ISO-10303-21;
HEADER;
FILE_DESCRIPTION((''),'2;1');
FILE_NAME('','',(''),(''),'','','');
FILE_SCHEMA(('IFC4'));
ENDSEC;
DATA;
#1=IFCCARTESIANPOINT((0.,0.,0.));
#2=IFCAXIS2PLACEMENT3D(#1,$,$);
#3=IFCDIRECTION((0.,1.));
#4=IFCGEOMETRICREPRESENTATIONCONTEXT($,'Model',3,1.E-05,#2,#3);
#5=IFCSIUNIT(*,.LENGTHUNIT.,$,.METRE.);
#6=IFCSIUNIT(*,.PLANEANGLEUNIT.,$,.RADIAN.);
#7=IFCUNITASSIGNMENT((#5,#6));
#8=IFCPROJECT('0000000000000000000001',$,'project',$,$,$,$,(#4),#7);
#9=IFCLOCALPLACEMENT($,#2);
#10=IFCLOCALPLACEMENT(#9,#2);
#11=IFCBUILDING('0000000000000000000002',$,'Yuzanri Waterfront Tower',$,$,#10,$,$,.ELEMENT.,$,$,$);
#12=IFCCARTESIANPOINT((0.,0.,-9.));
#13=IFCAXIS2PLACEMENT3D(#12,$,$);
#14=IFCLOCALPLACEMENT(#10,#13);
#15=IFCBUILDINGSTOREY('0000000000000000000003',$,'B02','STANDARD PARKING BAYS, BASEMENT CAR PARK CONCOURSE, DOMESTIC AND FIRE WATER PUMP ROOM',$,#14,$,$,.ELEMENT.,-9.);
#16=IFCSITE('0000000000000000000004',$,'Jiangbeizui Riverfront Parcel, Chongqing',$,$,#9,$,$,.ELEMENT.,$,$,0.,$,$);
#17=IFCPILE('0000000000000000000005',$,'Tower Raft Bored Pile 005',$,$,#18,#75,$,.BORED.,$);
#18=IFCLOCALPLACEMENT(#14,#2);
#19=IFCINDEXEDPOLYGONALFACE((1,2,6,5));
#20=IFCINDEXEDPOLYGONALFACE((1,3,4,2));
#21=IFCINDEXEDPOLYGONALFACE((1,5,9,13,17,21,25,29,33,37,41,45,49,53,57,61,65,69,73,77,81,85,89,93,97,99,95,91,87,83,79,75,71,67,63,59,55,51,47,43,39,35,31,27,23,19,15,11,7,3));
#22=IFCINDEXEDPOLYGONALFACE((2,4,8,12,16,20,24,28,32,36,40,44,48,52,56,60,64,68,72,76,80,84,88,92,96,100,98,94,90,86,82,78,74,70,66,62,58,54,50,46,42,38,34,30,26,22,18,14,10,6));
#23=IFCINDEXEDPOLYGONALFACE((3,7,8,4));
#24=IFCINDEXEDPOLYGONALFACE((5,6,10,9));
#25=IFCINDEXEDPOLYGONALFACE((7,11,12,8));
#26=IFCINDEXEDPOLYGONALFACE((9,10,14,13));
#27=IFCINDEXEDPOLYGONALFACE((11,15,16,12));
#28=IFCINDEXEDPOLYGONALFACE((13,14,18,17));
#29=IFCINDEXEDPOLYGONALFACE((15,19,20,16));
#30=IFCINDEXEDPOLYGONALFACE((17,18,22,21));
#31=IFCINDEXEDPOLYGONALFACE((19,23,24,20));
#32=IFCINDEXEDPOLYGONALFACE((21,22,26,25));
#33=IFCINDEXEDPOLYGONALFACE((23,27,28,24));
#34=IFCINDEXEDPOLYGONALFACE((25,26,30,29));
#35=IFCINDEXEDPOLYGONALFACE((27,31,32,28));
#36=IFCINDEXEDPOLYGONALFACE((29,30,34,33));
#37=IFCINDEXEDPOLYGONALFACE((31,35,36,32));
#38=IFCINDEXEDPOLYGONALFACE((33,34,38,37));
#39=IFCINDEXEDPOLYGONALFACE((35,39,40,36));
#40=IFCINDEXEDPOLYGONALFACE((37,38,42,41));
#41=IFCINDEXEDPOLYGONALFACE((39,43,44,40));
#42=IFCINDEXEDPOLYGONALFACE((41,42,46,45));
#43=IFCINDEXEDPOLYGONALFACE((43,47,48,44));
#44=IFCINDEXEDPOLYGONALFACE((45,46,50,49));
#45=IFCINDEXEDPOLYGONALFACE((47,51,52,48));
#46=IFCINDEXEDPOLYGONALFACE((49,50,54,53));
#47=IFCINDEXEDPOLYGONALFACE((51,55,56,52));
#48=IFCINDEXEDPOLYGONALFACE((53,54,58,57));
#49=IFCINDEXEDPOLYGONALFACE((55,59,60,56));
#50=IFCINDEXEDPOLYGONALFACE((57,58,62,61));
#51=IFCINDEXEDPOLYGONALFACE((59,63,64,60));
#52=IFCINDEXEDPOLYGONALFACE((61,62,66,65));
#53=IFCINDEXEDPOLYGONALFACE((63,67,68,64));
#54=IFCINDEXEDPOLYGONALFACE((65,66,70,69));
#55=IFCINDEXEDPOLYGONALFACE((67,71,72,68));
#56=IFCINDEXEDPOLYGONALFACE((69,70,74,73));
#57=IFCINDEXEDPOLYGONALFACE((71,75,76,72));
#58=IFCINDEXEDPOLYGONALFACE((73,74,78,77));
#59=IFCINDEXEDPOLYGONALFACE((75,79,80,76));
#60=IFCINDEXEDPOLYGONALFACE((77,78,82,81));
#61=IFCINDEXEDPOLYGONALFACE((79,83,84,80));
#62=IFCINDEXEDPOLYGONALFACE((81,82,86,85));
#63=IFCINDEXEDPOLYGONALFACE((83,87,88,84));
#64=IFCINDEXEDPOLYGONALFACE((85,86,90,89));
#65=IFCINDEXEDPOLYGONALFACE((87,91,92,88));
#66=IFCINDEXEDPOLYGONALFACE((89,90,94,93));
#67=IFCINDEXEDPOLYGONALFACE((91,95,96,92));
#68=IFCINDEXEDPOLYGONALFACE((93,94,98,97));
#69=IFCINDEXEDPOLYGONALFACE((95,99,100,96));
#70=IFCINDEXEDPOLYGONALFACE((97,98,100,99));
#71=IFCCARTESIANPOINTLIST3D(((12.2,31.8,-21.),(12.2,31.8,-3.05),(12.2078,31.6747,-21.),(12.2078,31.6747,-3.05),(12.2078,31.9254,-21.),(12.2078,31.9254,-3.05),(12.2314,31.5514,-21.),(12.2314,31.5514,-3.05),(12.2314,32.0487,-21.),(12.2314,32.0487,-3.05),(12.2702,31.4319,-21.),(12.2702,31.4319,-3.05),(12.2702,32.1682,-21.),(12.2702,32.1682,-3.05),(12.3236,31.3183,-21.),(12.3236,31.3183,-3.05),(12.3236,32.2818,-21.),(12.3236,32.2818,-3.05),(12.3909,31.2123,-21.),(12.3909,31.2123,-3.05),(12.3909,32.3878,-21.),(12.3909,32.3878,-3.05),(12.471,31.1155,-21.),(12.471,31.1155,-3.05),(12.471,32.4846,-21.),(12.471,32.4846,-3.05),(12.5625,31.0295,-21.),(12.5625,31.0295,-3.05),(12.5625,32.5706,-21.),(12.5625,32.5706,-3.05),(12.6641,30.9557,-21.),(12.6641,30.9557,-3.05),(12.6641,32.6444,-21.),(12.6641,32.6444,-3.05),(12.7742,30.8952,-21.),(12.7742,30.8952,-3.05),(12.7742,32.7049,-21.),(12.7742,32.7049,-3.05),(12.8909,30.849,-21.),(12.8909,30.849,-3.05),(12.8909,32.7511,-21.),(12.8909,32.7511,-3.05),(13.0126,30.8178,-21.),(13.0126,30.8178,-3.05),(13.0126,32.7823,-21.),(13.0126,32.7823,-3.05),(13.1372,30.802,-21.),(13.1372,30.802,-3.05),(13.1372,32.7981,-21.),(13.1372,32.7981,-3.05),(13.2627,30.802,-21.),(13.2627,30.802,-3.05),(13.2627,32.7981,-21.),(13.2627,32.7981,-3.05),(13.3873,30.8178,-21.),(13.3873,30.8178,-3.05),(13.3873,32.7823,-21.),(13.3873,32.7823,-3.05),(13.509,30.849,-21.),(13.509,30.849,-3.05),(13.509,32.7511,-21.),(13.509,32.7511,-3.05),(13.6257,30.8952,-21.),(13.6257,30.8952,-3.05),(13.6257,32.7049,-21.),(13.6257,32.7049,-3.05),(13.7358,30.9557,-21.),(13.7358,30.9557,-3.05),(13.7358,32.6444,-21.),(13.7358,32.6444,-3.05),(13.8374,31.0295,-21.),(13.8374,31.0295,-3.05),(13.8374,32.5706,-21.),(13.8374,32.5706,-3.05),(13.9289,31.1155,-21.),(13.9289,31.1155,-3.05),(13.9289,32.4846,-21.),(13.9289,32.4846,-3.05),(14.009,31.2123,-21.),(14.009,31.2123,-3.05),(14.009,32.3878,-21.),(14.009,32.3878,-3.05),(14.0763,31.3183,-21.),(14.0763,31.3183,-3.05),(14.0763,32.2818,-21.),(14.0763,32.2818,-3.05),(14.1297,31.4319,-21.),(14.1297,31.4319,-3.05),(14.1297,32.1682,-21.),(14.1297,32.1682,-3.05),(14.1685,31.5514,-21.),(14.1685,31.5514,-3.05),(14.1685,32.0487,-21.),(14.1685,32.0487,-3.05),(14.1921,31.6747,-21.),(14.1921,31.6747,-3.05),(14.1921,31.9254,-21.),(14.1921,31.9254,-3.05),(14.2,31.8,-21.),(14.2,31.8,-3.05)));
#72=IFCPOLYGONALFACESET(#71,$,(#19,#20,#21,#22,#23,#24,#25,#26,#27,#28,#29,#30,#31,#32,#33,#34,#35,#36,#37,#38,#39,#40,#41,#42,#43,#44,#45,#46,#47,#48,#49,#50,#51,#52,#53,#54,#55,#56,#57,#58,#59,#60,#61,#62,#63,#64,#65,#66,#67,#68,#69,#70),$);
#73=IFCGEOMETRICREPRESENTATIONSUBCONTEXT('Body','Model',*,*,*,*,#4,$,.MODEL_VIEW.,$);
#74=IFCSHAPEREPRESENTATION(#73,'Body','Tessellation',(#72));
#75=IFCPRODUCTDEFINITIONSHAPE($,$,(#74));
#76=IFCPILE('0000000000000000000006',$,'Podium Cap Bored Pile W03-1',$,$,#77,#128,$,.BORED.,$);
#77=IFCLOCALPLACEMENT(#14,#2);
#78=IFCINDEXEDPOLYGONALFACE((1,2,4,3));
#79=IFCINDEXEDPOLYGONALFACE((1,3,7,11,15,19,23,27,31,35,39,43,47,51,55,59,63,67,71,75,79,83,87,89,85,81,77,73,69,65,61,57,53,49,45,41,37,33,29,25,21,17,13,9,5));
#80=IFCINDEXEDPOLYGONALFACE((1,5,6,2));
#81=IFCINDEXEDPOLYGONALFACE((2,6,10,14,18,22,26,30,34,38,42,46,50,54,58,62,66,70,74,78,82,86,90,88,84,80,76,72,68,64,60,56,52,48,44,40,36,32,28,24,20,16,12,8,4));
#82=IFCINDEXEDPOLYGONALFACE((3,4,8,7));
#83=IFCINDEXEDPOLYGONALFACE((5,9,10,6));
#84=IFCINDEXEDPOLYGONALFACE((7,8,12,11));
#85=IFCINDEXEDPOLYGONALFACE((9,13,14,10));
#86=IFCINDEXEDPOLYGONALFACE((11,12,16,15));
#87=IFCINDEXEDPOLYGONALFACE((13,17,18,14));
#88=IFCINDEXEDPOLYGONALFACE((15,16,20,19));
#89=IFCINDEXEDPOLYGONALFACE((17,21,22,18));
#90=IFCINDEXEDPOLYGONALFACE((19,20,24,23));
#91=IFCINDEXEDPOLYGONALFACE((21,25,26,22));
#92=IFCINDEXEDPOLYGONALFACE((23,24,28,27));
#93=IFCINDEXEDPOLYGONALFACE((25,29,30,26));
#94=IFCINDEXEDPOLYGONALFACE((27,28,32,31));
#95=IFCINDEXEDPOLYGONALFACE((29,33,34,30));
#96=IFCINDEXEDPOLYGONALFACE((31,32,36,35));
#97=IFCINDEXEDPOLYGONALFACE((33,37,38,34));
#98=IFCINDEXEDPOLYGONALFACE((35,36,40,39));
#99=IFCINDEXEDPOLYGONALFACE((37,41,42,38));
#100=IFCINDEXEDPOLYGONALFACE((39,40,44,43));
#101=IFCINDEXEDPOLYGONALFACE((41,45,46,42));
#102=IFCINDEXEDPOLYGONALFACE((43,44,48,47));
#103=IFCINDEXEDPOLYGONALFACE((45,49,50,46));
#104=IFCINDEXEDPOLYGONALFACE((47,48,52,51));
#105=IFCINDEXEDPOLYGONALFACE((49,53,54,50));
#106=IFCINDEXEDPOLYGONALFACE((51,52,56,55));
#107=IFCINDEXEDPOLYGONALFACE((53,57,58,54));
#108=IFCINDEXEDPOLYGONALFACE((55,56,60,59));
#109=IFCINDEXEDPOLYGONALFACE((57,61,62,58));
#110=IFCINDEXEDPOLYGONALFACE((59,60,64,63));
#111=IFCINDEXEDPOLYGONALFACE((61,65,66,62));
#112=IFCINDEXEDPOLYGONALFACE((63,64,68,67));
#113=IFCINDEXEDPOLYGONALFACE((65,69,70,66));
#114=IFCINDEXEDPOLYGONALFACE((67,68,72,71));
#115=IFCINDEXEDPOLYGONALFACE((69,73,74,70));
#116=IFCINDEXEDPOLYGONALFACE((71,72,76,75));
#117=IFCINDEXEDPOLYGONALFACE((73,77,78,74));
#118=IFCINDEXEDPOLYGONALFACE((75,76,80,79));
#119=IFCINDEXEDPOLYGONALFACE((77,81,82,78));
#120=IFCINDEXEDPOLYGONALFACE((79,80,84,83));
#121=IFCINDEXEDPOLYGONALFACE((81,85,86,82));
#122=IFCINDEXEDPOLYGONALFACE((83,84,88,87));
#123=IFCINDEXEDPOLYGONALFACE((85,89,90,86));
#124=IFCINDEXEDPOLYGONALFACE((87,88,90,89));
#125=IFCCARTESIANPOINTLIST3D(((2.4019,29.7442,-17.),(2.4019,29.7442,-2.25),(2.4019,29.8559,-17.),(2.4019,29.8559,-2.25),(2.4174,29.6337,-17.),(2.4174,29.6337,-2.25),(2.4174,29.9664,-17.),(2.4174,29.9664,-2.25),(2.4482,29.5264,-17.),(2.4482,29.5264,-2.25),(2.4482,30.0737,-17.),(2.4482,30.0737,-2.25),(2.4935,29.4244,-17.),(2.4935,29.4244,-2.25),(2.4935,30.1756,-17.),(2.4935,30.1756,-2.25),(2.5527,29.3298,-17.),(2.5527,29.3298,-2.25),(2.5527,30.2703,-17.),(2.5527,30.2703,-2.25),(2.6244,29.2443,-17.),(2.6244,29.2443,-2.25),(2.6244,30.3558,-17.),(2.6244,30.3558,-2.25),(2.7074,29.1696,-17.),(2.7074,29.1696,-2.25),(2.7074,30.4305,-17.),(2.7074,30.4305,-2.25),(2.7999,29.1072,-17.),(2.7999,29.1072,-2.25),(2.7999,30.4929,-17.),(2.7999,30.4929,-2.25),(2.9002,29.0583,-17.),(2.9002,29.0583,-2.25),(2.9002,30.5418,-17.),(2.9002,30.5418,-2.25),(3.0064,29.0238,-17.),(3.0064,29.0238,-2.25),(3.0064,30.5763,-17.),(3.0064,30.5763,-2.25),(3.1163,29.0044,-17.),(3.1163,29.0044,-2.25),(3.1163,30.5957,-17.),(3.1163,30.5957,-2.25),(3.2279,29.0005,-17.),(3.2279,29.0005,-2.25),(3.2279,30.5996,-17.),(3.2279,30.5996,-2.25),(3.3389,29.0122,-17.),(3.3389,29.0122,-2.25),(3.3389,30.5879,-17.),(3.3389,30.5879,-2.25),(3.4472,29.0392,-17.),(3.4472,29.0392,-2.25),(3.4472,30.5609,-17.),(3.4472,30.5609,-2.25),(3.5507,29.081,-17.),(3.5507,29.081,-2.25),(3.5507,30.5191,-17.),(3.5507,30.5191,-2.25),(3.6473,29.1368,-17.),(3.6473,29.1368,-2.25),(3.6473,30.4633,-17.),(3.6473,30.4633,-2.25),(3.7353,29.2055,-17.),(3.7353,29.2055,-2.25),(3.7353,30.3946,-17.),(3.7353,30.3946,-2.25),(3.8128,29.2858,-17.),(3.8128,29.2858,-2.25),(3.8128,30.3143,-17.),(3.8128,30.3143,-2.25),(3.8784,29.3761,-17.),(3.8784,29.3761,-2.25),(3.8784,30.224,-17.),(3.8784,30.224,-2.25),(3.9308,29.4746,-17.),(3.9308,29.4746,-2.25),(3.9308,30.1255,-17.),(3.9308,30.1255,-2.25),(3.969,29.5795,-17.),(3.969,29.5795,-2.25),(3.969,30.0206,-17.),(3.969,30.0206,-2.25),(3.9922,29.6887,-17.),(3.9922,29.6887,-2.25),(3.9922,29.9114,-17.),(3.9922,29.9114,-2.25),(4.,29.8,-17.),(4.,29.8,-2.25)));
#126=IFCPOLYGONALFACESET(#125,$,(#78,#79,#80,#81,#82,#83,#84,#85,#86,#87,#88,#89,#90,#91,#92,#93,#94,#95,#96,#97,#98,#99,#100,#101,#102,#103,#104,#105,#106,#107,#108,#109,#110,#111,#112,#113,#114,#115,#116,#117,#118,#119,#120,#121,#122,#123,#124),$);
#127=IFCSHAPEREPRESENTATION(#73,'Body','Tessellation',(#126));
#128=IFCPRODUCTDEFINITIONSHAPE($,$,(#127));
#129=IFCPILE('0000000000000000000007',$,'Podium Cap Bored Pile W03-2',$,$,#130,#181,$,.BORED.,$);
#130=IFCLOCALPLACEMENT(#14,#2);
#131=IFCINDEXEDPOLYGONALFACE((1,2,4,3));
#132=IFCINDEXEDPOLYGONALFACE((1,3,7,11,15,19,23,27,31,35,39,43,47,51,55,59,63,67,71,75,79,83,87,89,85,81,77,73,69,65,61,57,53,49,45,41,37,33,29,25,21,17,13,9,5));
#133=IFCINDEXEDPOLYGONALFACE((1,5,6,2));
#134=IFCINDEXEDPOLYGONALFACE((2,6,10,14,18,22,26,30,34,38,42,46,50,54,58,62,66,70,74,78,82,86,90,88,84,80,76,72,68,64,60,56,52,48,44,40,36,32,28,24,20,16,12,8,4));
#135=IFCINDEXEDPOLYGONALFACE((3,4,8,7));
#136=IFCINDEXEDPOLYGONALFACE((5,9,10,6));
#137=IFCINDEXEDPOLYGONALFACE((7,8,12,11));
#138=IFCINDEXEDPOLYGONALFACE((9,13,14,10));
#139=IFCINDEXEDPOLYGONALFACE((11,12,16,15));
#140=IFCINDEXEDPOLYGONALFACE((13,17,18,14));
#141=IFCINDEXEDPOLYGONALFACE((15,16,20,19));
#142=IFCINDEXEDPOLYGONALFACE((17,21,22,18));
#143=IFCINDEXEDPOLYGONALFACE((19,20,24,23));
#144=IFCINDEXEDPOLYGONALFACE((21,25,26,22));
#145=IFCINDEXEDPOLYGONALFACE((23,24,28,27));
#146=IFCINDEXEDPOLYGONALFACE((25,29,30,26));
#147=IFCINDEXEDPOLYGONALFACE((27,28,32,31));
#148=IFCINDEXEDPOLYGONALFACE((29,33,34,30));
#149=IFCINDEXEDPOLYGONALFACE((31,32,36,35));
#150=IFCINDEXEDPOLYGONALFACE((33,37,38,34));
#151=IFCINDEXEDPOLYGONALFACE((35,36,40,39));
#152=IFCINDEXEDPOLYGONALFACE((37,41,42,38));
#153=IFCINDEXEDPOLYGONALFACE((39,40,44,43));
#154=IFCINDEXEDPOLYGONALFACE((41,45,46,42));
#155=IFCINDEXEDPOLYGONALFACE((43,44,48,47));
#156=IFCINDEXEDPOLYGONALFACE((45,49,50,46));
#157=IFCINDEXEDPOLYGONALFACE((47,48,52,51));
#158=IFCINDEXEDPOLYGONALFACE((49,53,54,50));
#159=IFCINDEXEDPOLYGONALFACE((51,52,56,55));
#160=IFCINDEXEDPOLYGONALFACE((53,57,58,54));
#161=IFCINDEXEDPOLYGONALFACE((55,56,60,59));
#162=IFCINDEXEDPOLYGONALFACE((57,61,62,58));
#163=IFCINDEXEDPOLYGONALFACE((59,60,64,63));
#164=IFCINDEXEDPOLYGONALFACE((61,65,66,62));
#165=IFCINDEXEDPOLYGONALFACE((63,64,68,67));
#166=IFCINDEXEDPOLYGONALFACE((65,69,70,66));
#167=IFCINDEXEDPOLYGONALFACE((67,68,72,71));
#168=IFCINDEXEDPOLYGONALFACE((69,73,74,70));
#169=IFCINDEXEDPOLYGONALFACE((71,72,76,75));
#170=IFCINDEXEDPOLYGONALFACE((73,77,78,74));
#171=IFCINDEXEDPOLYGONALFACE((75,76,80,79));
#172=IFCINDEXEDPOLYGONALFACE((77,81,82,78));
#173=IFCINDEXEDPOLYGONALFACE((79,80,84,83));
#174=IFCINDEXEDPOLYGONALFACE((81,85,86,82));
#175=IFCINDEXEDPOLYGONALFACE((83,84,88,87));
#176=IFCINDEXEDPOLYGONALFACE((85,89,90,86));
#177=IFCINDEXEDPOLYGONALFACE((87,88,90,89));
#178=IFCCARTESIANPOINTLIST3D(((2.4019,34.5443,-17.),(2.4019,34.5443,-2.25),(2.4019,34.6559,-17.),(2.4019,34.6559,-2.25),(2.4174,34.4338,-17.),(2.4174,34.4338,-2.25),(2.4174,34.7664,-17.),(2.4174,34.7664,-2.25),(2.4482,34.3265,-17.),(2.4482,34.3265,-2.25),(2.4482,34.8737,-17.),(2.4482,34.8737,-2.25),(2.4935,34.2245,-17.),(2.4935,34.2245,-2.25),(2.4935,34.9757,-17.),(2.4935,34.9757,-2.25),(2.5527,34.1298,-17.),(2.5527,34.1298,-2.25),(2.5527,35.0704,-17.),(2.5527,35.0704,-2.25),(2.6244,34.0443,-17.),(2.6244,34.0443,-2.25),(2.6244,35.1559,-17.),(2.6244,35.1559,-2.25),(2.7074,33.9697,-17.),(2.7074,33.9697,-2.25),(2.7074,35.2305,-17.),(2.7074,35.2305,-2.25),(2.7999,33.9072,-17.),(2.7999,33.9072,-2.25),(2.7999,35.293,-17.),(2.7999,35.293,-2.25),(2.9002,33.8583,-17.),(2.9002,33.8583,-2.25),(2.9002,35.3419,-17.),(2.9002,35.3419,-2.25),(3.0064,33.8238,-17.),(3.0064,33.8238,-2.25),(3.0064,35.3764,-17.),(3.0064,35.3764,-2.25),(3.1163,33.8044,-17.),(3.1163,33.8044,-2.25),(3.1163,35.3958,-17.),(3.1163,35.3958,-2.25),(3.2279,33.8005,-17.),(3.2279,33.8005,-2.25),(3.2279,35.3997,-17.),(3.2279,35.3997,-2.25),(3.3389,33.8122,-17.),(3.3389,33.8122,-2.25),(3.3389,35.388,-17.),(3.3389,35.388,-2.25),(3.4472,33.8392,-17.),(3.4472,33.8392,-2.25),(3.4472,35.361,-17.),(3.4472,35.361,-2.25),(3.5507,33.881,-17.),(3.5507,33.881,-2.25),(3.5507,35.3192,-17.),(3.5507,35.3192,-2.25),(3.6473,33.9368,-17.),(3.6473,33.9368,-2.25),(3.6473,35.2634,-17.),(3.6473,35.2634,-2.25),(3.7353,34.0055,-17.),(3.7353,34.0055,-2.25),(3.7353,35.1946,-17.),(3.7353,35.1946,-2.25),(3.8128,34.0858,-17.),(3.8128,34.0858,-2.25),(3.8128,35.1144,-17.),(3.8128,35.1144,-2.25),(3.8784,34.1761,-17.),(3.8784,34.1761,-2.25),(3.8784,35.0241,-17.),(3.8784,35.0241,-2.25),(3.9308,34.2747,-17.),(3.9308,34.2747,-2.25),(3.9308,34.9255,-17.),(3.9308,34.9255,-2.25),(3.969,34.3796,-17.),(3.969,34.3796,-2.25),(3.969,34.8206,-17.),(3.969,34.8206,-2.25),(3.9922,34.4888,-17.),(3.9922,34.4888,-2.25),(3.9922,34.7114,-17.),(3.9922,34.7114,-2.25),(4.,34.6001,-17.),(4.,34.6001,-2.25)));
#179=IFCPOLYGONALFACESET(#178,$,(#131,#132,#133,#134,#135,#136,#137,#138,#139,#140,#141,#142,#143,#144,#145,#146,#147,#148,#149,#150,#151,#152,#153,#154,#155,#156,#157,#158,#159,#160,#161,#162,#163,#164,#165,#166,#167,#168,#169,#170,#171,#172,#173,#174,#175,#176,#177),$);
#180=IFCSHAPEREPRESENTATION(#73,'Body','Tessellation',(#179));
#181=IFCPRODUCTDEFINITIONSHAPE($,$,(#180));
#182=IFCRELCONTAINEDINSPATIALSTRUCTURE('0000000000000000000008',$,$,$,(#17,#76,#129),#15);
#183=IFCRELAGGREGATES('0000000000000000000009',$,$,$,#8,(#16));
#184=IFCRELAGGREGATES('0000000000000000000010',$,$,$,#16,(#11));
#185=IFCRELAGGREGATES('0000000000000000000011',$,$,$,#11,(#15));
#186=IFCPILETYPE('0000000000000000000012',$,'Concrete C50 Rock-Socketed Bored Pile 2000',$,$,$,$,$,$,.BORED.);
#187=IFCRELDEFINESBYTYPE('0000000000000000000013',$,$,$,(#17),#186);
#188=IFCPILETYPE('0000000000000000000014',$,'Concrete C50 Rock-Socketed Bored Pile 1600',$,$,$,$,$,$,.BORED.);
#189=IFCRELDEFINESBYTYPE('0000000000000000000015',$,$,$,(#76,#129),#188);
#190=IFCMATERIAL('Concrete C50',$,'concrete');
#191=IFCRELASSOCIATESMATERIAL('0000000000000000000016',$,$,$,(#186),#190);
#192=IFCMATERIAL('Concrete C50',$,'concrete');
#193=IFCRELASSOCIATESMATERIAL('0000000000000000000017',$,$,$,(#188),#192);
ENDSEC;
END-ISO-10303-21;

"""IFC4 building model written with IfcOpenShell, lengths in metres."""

from ifc_helpers import new_model, si_unit, direction, frame, origin, origin_2d, place, context, subcontext, project, spatial, circle, extrude, source, transform, mapped, material, material_profile, profile_set, type_object, element, save


model = new_model("IFC4")

# Units and contexts
model_context = context("Model", 3, precision=1e-05, world=origin(), true_north=direction((0.0, 1.0)))
body_context = subcontext(model_context, "Body", "Model", "MODEL_VIEW")
ifc_project = project(units=[si_unit("LENGTHUNIT", "METRE"), si_unit("PLANEANGLEUNIT", "RADIAN")], contexts=[model_context])

# Site, building, storey
site_placement = place(None, origin())
site = spatial("IfcSite", under=ifc_project, at=site_placement, Name="Jiangbeizui Riverfront Parcel, Chongqing", CompositionType="ELEMENT", RefElevation=0.0)
building_placement = place(site_placement, origin())
building = spatial("IfcBuilding", under=site, at=building_placement, Name="Yuzanri Waterfront Tower", CompositionType="ELEMENT")
storey_placement = place(building_placement, frame((0.0, 0.0, -9.0)))
storey = spatial("IfcBuildingStorey", under=building, at=storey_placement, Name="B02", Description="STANDARD PARKING BAYS, BASEMENT CAR PARK CONCOURSE, DOMESTIC AND FIRE WATER PUMP ROOM", CompositionType="ELEMENT", Elevation=-9.0)

# Piles
ifc_material_1 = material(Name="Concrete C50", Category="concrete")
ifc_material_profile_1 = material_profile(ifc_material_1, circle(Radius=1.0, at=origin_2d()), Name="PILE D2000")
ifc_profile_set_1 = profile_set([ifc_material_profile_1], Name="Concrete C50")
pile_type_1 = type_object("IfcPileType", Name="Concrete C50 Rock-Socketed Bored Pile 2000", PredefinedType="BORED", material=ifc_profile_set_1)
shared_shape_1 = source(origin(), body_context, "Body", "SweptSolid", [
    extrude(circle(Radius=1.0, at=origin_2d()), origin(), (0.0, 0.0, 1.0), 17.95),
])
for number, where, z_axis, x_axis, name in (
    (1, (13.2, 31.8, -3.05), (0.0, 0.0, -1.0), (1.0, 0.0, 0.0), "Tower Raft Bored Pile 005"),
):
    element("IfcPile", number, at=place(storey_placement, frame(where, z_axis=z_axis, x_axis=x_axis)), inside=storey, type_object=pile_type_1, Name=name, PredefinedType="BORED", context=body_context, shape_type="MappedRepresentation", body=[
        mapped(shared_shape_1, transform((0.0, 0.0, 0.0), scale=1.0)),
    ])
ifc_material_2 = material(Name="Concrete C50", Category="concrete")
ifc_material_profile_2 = material_profile(ifc_material_2, circle(Radius=0.8, at=origin_2d()), Name="PILE D1600")
ifc_profile_set_2 = profile_set([ifc_material_profile_2], Name="Concrete C50")
pile_type_2 = type_object("IfcPileType", Name="Concrete C50 Rock-Socketed Bored Pile 1600", PredefinedType="BORED", material=ifc_profile_set_2)
shared_shape_2 = source(origin(), body_context, "Body", "SweptSolid", [
    extrude(circle(Radius=0.8, at=origin_2d()), origin(), (0.0, 0.0, 1.0), 14.75),
])
for number, where, z_axis, x_axis, name in (
    (2, (3.2, 29.8, -2.25), (0.0, 0.0, -1.0), (1.0, 0.0, 0.0), "Podium Cap Bored Pile W03-1"),
    (3, (3.2, 34.6001, -2.25), (0.0, 0.0, -1.0), (1.0, 0.0, 0.0), "Podium Cap Bored Pile W03-2"),
):
    element("IfcPile", number, at=place(storey_placement, frame(where, z_axis=z_axis, x_axis=x_axis)), inside=storey, type_object=pile_type_2, Name=name, PredefinedType="BORED", context=body_context, shape_type="MappedRepresentation", body=[
        mapped(shared_shape_2, transform((0.0, 0.0, 0.0), scale=1.0)),
    ])

save(model, "model.ifc")
